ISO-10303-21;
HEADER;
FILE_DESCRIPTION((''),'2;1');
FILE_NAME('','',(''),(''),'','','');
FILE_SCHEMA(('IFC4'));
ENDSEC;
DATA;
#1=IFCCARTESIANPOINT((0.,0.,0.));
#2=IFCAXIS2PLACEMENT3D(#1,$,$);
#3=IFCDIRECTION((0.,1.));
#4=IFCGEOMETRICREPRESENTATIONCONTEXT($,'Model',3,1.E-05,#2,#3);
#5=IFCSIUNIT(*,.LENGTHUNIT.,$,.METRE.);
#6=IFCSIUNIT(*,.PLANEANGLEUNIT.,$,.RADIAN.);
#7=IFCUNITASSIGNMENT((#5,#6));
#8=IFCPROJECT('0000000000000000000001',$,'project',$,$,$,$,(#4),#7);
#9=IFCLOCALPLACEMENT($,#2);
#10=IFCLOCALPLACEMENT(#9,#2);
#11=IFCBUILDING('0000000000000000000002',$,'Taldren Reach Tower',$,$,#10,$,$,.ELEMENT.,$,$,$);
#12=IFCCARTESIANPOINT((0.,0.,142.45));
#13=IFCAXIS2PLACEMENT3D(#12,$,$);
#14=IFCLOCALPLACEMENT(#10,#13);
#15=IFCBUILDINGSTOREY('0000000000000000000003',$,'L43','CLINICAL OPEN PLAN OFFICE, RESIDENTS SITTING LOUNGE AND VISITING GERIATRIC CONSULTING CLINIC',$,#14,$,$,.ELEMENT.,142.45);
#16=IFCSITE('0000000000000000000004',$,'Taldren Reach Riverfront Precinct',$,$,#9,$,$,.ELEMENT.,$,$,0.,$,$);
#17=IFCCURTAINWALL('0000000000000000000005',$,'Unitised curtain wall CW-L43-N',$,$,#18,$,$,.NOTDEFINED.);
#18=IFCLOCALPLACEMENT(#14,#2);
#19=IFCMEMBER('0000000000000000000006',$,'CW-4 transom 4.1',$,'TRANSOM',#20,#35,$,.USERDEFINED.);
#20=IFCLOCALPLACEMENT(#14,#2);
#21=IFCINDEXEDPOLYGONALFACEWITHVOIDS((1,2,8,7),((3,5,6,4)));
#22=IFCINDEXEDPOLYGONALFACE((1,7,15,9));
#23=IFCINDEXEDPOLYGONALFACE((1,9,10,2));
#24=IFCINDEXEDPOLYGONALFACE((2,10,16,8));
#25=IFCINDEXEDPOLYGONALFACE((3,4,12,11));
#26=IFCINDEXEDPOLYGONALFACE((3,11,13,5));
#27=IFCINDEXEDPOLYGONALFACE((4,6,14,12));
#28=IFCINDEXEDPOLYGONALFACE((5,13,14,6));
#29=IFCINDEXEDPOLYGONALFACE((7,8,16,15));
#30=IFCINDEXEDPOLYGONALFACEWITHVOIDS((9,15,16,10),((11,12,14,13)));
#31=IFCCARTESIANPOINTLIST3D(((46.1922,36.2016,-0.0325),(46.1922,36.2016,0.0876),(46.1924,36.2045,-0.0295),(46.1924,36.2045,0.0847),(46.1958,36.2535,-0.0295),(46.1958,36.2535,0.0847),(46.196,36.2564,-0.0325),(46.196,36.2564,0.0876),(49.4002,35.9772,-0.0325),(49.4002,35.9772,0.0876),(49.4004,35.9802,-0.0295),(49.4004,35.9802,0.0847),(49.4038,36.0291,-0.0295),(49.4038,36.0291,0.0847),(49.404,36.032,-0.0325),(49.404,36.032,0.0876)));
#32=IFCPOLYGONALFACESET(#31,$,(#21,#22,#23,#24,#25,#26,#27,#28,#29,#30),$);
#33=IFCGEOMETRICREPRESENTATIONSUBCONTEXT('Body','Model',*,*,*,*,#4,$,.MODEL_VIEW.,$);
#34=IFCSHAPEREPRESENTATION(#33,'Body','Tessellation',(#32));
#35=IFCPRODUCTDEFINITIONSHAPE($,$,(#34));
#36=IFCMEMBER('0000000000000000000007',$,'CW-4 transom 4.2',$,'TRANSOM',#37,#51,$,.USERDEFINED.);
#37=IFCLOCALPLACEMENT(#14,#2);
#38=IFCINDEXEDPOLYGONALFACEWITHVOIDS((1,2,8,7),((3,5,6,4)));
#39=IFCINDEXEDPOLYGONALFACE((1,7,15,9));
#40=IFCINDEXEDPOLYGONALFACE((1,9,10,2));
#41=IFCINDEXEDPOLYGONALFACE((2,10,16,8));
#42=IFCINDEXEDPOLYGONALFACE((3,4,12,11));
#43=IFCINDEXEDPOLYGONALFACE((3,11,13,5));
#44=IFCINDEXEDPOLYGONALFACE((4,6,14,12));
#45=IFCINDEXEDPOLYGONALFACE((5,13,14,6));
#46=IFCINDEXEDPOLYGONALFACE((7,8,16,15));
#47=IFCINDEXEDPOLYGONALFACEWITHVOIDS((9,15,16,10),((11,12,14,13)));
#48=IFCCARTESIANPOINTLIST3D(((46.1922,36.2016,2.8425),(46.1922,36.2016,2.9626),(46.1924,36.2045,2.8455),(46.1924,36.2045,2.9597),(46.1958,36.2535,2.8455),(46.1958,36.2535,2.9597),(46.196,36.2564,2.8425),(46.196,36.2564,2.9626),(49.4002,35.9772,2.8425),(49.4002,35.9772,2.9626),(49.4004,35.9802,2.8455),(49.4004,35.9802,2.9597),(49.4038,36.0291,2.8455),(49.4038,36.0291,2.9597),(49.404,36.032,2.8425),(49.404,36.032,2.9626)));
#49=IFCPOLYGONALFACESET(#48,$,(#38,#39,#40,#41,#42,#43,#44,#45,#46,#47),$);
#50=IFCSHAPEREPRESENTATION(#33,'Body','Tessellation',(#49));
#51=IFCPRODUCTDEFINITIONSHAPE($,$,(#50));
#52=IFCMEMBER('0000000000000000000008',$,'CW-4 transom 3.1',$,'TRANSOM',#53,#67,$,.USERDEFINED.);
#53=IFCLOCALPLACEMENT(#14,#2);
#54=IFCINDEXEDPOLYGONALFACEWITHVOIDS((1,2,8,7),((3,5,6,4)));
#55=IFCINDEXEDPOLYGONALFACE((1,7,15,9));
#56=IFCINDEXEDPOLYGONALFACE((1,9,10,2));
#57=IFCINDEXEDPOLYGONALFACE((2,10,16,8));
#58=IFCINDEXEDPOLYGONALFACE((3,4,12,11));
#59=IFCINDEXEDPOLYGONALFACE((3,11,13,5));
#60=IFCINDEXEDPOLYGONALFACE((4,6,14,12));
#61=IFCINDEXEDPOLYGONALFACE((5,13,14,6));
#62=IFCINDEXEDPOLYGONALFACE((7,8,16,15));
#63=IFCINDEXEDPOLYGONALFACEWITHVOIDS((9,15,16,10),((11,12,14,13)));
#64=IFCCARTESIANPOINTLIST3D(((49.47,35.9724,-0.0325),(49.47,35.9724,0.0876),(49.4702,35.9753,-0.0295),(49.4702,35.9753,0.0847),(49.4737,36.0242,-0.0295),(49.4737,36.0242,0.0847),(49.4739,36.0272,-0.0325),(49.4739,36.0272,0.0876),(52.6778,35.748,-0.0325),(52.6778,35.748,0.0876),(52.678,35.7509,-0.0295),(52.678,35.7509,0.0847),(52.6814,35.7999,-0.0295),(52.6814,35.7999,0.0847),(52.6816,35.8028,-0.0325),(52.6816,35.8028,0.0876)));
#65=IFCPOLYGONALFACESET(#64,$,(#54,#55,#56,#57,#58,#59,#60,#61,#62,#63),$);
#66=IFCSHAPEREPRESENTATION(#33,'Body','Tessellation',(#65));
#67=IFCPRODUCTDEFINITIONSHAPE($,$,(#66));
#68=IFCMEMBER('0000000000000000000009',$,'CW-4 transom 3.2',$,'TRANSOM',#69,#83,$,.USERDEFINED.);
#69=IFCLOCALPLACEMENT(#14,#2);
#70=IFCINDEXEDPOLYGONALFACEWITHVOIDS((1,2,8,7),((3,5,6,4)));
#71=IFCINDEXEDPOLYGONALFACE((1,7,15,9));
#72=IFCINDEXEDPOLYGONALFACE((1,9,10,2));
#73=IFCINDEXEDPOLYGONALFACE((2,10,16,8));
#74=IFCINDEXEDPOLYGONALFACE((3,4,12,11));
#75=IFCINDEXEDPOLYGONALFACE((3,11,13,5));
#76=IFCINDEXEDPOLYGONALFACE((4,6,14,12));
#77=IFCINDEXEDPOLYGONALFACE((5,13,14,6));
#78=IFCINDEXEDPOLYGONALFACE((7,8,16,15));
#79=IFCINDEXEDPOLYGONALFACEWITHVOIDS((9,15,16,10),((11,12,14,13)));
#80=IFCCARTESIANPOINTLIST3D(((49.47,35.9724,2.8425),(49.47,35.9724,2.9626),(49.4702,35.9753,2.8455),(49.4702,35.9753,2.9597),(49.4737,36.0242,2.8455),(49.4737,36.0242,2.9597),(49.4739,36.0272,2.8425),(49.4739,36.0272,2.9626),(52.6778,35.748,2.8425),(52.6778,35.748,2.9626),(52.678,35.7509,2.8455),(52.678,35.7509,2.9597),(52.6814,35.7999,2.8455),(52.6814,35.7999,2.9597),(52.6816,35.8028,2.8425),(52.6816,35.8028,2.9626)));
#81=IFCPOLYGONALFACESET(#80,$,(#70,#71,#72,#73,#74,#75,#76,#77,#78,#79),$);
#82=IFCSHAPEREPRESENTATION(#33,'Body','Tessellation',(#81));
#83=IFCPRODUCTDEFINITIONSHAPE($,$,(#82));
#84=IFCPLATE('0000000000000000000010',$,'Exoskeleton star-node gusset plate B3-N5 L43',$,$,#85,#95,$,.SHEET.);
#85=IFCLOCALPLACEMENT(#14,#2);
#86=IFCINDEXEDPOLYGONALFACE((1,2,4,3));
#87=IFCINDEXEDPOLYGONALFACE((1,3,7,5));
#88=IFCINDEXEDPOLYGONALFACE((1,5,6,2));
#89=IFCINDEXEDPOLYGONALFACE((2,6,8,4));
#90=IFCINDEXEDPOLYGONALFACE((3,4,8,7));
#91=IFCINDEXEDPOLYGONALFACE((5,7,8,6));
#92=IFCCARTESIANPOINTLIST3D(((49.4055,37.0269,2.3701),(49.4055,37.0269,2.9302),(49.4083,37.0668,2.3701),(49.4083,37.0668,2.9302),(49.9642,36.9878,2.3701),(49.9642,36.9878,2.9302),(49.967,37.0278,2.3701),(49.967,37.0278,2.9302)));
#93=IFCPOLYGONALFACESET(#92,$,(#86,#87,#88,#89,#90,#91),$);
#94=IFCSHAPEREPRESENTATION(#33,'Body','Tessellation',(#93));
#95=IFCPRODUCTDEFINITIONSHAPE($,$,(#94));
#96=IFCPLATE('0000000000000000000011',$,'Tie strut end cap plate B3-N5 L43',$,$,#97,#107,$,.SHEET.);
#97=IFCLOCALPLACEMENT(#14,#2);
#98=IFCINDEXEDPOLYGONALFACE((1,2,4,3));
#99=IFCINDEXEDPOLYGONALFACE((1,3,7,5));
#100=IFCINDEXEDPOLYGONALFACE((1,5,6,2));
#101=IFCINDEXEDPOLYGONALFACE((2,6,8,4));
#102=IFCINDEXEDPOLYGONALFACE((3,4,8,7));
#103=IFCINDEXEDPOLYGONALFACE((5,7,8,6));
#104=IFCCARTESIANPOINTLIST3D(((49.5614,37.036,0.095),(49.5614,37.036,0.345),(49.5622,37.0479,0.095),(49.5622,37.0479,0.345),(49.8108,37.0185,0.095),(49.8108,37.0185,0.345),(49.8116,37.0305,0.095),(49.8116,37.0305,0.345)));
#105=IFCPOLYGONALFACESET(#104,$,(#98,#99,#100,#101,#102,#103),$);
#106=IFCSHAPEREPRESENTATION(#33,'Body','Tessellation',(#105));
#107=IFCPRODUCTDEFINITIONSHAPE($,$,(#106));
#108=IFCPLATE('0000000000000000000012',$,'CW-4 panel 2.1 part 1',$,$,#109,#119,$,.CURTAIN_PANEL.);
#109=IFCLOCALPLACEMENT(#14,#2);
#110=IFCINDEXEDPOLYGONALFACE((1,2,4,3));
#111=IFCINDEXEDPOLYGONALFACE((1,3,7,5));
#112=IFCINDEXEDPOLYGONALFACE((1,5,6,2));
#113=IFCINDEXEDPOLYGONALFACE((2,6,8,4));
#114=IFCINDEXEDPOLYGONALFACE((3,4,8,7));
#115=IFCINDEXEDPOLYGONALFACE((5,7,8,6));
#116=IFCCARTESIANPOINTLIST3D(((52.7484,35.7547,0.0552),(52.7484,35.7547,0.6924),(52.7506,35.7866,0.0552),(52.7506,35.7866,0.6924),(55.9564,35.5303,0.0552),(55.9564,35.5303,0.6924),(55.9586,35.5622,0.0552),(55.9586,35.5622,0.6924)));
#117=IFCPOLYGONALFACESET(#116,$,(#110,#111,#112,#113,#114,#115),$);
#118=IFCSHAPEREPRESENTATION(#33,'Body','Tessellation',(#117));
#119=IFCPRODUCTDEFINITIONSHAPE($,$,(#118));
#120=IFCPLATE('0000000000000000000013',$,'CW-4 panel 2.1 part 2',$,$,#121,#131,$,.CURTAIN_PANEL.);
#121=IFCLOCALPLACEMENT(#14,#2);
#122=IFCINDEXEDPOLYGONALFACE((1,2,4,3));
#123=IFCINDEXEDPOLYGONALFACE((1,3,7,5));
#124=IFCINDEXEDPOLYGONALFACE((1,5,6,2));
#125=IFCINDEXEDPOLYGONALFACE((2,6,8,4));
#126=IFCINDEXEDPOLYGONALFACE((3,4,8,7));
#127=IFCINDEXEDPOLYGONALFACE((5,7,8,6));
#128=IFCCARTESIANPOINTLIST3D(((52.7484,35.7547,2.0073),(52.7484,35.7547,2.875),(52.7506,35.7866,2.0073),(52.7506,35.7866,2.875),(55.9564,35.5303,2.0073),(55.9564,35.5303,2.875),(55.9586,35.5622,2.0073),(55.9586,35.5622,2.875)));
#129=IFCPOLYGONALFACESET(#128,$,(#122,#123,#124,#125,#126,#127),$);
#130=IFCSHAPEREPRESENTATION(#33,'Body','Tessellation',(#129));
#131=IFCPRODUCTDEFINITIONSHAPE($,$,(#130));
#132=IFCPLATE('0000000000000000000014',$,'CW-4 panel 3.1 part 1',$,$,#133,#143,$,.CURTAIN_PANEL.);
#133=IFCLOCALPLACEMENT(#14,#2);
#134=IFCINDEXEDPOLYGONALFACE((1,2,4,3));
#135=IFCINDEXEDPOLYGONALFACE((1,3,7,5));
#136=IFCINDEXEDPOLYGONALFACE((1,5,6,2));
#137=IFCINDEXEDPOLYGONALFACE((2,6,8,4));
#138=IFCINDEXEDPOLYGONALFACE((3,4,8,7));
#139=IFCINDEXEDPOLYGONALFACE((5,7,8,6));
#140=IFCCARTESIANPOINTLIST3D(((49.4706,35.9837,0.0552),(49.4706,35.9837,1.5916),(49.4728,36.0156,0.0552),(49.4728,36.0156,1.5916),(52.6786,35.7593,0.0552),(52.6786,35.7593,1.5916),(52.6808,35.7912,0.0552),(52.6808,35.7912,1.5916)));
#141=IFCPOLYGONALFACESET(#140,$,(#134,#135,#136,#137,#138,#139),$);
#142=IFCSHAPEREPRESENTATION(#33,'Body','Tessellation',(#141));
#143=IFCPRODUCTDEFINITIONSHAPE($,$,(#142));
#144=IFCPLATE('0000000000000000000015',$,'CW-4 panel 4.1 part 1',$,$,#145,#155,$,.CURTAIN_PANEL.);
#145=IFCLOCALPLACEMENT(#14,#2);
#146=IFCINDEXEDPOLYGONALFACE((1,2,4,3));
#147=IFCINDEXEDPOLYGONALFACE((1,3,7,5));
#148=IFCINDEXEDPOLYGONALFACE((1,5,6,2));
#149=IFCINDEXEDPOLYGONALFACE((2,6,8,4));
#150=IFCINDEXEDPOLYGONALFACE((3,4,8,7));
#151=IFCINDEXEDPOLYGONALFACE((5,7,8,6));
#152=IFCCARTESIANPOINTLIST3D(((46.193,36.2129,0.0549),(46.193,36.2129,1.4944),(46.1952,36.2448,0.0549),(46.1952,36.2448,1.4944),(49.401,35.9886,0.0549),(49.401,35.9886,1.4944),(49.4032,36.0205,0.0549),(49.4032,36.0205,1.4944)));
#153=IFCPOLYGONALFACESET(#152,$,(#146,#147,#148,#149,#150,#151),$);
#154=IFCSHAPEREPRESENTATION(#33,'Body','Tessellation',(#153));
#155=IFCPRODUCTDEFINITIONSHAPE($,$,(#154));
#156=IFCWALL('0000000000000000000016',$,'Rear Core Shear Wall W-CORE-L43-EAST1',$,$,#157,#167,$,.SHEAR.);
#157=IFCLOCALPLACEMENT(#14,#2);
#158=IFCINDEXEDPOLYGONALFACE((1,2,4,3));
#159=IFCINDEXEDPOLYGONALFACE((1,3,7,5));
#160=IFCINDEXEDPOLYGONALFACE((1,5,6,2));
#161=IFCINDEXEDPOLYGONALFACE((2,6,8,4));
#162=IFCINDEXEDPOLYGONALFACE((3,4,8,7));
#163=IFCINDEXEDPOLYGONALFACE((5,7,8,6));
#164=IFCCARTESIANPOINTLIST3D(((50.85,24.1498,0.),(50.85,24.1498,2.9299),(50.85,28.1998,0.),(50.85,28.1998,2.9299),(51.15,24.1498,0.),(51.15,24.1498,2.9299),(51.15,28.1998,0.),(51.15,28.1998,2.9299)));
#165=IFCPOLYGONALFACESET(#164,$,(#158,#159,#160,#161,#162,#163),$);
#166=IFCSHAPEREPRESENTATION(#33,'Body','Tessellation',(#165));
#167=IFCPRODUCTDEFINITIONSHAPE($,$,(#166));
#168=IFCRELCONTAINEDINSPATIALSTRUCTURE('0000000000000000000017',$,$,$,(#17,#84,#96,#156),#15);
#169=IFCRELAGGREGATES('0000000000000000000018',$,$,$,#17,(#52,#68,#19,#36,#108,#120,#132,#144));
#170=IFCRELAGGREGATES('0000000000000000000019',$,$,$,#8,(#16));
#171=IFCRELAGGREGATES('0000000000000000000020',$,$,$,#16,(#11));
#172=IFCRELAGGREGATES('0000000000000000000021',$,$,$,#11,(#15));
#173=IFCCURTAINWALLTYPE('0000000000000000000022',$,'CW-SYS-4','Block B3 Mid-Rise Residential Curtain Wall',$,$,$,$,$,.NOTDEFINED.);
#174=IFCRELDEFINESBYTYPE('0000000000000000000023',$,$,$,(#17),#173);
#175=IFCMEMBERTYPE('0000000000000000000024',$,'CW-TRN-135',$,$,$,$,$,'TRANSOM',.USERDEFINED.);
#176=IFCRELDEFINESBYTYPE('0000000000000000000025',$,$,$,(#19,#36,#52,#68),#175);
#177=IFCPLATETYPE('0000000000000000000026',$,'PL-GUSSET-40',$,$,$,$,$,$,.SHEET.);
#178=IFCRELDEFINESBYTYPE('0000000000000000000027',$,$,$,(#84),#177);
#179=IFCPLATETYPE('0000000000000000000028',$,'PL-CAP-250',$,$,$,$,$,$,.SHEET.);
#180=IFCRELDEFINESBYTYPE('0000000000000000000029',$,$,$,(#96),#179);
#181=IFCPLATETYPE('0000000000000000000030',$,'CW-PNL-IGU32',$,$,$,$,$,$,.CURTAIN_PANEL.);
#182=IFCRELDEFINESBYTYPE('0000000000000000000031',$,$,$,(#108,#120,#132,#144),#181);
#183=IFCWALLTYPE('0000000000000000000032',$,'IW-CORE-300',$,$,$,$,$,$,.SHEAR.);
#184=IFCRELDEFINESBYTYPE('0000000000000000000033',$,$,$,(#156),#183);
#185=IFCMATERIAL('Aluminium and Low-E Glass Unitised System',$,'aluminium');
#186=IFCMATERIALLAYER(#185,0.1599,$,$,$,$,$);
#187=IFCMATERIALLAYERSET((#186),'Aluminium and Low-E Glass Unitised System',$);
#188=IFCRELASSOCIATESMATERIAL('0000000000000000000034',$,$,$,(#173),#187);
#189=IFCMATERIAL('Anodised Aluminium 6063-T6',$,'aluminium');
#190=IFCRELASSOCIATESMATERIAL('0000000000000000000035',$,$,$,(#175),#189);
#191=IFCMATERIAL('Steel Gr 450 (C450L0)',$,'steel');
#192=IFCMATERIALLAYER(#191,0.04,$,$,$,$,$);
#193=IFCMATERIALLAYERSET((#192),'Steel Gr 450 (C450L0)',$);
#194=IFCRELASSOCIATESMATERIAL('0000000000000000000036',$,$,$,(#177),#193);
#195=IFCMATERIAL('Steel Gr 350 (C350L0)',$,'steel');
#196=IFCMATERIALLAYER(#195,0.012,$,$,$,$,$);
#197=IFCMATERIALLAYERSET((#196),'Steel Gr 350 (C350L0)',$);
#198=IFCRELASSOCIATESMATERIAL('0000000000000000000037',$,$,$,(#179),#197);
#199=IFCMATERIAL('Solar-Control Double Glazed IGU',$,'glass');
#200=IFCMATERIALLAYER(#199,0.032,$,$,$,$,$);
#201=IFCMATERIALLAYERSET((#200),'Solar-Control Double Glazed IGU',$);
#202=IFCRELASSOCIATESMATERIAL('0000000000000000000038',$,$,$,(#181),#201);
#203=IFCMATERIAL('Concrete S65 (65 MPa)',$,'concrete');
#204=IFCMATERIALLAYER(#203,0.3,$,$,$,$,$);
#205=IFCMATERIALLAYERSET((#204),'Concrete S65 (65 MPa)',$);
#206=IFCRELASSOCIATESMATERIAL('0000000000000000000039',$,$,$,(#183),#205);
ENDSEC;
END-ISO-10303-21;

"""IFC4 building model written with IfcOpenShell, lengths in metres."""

from ifc_helpers import new_model, si_unit, direction, frame, frame_2d, origin, origin_2d, place, context, subcontext, project, spatial, rectangle, hollow_rectangle, extrude, source, transform, mapped, material, layer, layer_set, material_profile, profile_set, type_object, element, aggregate, save


model = new_model("IFC4")

# Units and contexts
model_context = context("Model", 3, precision=1e-05, world=origin(), true_north=direction((0.0, 1.0)))
body_context = subcontext(model_context, "Body", "Model", "MODEL_VIEW")
ifc_project = project(units=[si_unit("LENGTHUNIT", "METRE"), si_unit("PLANEANGLEUNIT", "RADIAN")], contexts=[model_context])

# Site, building, storey
site_placement = place(None, origin())
site = spatial("IfcSite", under=ifc_project, at=site_placement, Name="Taldren Reach Riverfront Precinct", CompositionType="ELEMENT", RefElevation=0.0)
building_placement = place(site_placement, origin())
building = spatial("IfcBuilding", under=site, at=building_placement, Name="Taldren Reach Tower", CompositionType="ELEMENT")
storey_placement = place(building_placement, frame((0.0, 0.0, 142.45)))
storey = spatial("IfcBuildingStorey", under=building, at=storey_placement, Name="L43", Description="CLINICAL OPEN PLAN OFFICE, RESIDENTS SITTING LOUNGE AND VISITING GERIATRIC CONSULTING CLINIC", CompositionType="ELEMENT", Elevation=142.45)

# Shared definitions
ifc_material_1 = material(Name="Steel Gr 450 (C450L0)", Category="steel")

# Shared definitions
ifc_material_2 = material(Name="Steel Gr 350 (C350L0)", Category="steel")

# Curtain wall, members
ifc_material_3 = material(Name="Aluminium and Low-E Glass Unitised System", Category="aluminium")
ifc_layer_1 = layer(ifc_material_3, 0.1599)
ifc_layer_set_1 = layer_set([ifc_layer_1], Name="Aluminium and Low-E Glass Unitised System")
curtain_wall_type = type_object("IfcCurtainWallType", Name="CW-SYS-4", Description="Block B3 Mid-Rise Residential Curtain Wall", PredefinedType="NOTDEFINED", material=ifc_layer_set_1)
curtain_wall_placement = place(storey_placement, origin())
curtain_wall = element("IfcCurtainWall", 1, at=curtain_wall_placement, inside=storey, type_object=curtain_wall_type, Name="Unitised curtain wall CW-L43-N", PredefinedType="NOTDEFINED")
ifc_material_4 = material(Name="Anodised Aluminium 6063-T6", Category="aluminium")
ifc_material_profile_1 = material_profile(ifc_material_4, hollow_rectangle(XDim=0.0549, YDim=0.1201, WallThickness=0.0029, at=origin_2d()), Name="ALU-120x55x3RHS")
ifc_profile_set_1 = profile_set([ifc_material_profile_1], Name="Anodised Aluminium 6063-T6")
member_type_1 = type_object("IfcMemberType", Name="CW-TRN-135", ElementType="TRANSOM", PredefinedType="USERDEFINED", material=ifc_profile_set_1)
shared_shape_1 = source(origin(), body_context, "Body", "SweptSolid", [
    extrude(hollow_rectangle(XDim=0.0549, YDim=0.1201, WallThickness=0.0029, at=origin_2d()), origin(), (0.0, 0.0, 1.0), 3.2158),
])
member_1_placement = place(storey_placement, frame((49.4021, 36.0046, 0.0276), z_axis=(-0.997563, 0.069769, 0.0), x_axis=(-0.069769, -0.997563, 0.0)))
member_1 = element("IfcMember", 2, at=member_1_placement, type_object=member_type_1, Name="CW-4 transom 4.1", ObjectType="TRANSOM", PredefinedType="USERDEFINED", context=body_context, shape_type="MappedRepresentation", body=[
    mapped(shared_shape_1, transform((0.0, 0.0, 0.0), scale=1.0)),
])
member_2_placement = place(storey_placement, frame((49.4021, 36.0046, 2.9026), z_axis=(-0.997563, 0.069769, 0.0), x_axis=(-0.069769, -0.997563, 0.0)))
member_2 = element("IfcMember", 3, at=member_2_placement, type_object=member_type_1, Name="CW-4 transom 4.2", ObjectType="TRANSOM", PredefinedType="USERDEFINED", context=body_context, shape_type="MappedRepresentation", body=[
    mapped(shared_shape_1, transform((0.0, 0.0, 0.0), scale=1.0)),
])
shared_shape_2 = source(origin(), body_context, "Body", "SweptSolid", [
    extrude(hollow_rectangle(XDim=0.0549, YDim=0.1201, WallThickness=0.0029, at=origin_2d()), origin(), (0.0, 0.0, 1.0), 3.2156),
])
member_3_placement = place(storey_placement, frame((52.6797, 35.7754, 0.0276), z_axis=(-0.997563, 0.069774, 0.0), x_axis=(-0.069774, -0.997563, 0.0)))
member_3 = element("IfcMember", 4, at=member_3_placement, type_object=member_type_1, Name="CW-4 transom 3.1", ObjectType="TRANSOM", PredefinedType="USERDEFINED", context=body_context, shape_type="MappedRepresentation", body=[
    mapped(shared_shape_2, transform((0.0, 0.0, 0.0), scale=1.0)),
])
member_4_placement = place(storey_placement, frame((52.6797, 35.7754, 2.9026), z_axis=(-0.997563, 0.069774, 0.0), x_axis=(-0.069774, -0.997563, 0.0)))
member_4 = element("IfcMember", 5, at=member_4_placement, type_object=member_type_1, Name="CW-4 transom 3.2", ObjectType="TRANSOM", PredefinedType="USERDEFINED", context=body_context, shape_type="MappedRepresentation", body=[
    mapped(shared_shape_2, transform((0.0, 0.0, 0.0), scale=1.0)),
])

# Plates
ifc_layer_2 = layer(ifc_material_1, 0.04)
ifc_layer_set_2 = layer_set([ifc_layer_2], Name="Steel Gr 450 (C450L0)")
plate_type_1 = type_object("IfcPlateType", Name="PL-GUSSET-40", PredefinedType="SHEET", material=ifc_layer_set_2)
shared_shape_3 = source(origin(), body_context, "Body", "SweptSolid", [
    extrude(rectangle(XDim=0.5601, YDim=0.04, at=origin_2d()), origin(), (0.0, 0.0, 1.0), 0.5601),
])
plate_1_placement = place(storey_placement, frame((49.6863, 37.0273, 2.3701), z_axis=(0.0, 0.0, 1.0), x_axis=(0.997564, -0.069756, 0.0)))
element("IfcPlate", 6, at=plate_1_placement, inside=storey, type_object=plate_type_1, Name="Exoskeleton star-node gusset plate B3-N5 L43", PredefinedType="SHEET", context=body_context, shape_type="MappedRepresentation", body=[
    mapped(shared_shape_3, transform((0.0, 0.0, 0.0), scale=1.0)),
])
ifc_layer_3 = layer(ifc_material_2, 0.012)
ifc_layer_set_3 = layer_set([ifc_layer_3], Name="Steel Gr 350 (C350L0)")
plate_type_2 = type_object("IfcPlateType", Name="PL-CAP-250", PredefinedType="SHEET", material=ifc_layer_set_3)
shared_shape_4 = source(origin(), body_context, "Body", "SweptSolid", [
    extrude(rectangle(XDim=0.25, YDim=0.012, at=origin_2d()), origin(), (0.0, 0.0, 1.0), 0.25),
])
plate_2_placement = place(storey_placement, frame((49.6865, 37.0332, 0.095), z_axis=(0.0, 0.0, 1.0), x_axis=(0.997564, -0.069756, 0.0)))
element("IfcPlate", 7, at=plate_2_placement, inside=storey, type_object=plate_type_2, Name="Tie strut end cap plate B3-N5 L43", PredefinedType="SHEET", context=body_context, shape_type="MappedRepresentation", body=[
    mapped(shared_shape_4, transform((0.0, 0.0, 0.0), scale=1.0)),
])

# Plates
ifc_material_5 = material(Name="Solar-Control Double Glazed IGU", Category="glass")
ifc_layer_4 = layer(ifc_material_5, 0.032)
ifc_layer_set_4 = layer_set([ifc_layer_4], Name="Solar-Control Double Glazed IGU")
plate_type_3 = type_object("IfcPlateType", Name="CW-PNL-IGU32", PredefinedType="CURTAIN_PANEL", material=ifc_layer_set_4)
shared_shape_5 = source(origin(), body_context, "Body", "SweptSolid", [
    extrude(rectangle(XDim=3.2158, YDim=0.032, at=origin_2d()), origin(), (0.0, 0.0, 1.0), 0.6372),
])
plate_3_placement = place(storey_placement, frame((54.3535, 35.6584, 0.0552), z_axis=(0.0, 0.0, 1.0), x_axis=(-0.997564, 0.069757, 0.0)))
plate_3 = element("IfcPlate", 8, at=plate_3_placement, type_object=plate_type_3, Name="CW-4 panel 2.1 part 1", PredefinedType="CURTAIN_PANEL", context=body_context, shape_type="MappedRepresentation", body=[
    mapped(shared_shape_5, transform((0.0, 0.0, 0.0), scale=1.0)),
])
shared_shape_6 = source(origin(), body_context, "Body", "SweptSolid", [
    extrude(rectangle(XDim=3.2158, YDim=0.032, at=origin_2d()), origin(), (0.0, 0.0, 1.0), 0.8677),
])
plate_4_placement = place(storey_placement, frame((54.3535, 35.6584, 2.0073), z_axis=(0.0, 0.0, 1.0), x_axis=(-0.997564, 0.069757, 0.0)))
plate_4 = element("IfcPlate", 9, at=plate_4_placement, type_object=plate_type_3, Name="CW-4 panel 2.1 part 2", PredefinedType="CURTAIN_PANEL", context=body_context, shape_type="MappedRepresentation", body=[
    mapped(shared_shape_6, transform((0.0, 0.0, 0.0), scale=1.0)),
])
shared_shape_7 = source(origin(), body_context, "Body", "SweptSolid", [
    extrude(rectangle(XDim=3.2158, YDim=0.032, at=origin_2d()), origin(), (0.0, 0.0, 1.0), 1.5364),
])
plate_5_placement = place(storey_placement, frame((51.0757, 35.8875, 0.0552), z_axis=(0.0, 0.0, 1.0), x_axis=(-0.997564, 0.069757, 0.0)))
plate_5 = element("IfcPlate", 10, at=plate_5_placement, type_object=plate_type_3, Name="CW-4 panel 3.1 part 1", PredefinedType="CURTAIN_PANEL", context=body_context, shape_type="MappedRepresentation", body=[
    mapped(shared_shape_7, transform((0.0, 0.0, 0.0), scale=1.0)),
])
shared_shape_8 = source(origin(), body_context, "Body", "SweptSolid", [
    extrude(rectangle(XDim=3.2158, YDim=0.032, at=origin_2d()), origin(), (0.0, 0.0, 1.0), 1.4395),
])
plate_6_placement = place(storey_placement, frame((47.7981, 36.1167, 0.0549), z_axis=(0.0, 0.0, 1.0), x_axis=(-0.997564, 0.069757, 0.0)))
plate_6 = element("IfcPlate", 11, at=plate_6_placement, type_object=plate_type_3, Name="CW-4 panel 4.1 part 1", PredefinedType="CURTAIN_PANEL", context=body_context, shape_type="MappedRepresentation", body=[
    mapped(shared_shape_8, transform((0.0, 0.0, 0.0), scale=1.0)),
])
aggregate(curtain_wall, [member_3, member_4, member_1, member_2, plate_3, plate_4, plate_5, plate_6])

# Wall
ifc_material_6 = material(Name="Concrete S65 (65 MPa)", Category="concrete")
ifc_layer_5 = layer(ifc_material_6, 0.3)
ifc_layer_set_5 = layer_set([ifc_layer_5], Name="Concrete S65 (65 MPa)")
wall_type_1 = type_object("IfcWallType", Name="IW-CORE-300", PredefinedType="SHEAR", material=ifc_layer_set_5)
shared_shape_9 = source(origin(), body_context, "Body", "SweptSolid", [
    extrude(rectangle(XDim=4.05, YDim=0.3, at=frame_2d((2.0249, 0.0))), origin(), (0.0, 0.0, 1.0), 2.9299),
])
wall_1_placement = place(storey_placement, frame((51.0, 24.1499, 0.0), z_axis=(0.0, 0.0, 1.0), x_axis=(0.0, 1.0, 0.0)))
element("IfcWall", 12, at=wall_1_placement, inside=storey, type_object=wall_type_1, Name="Rear Core Shear Wall W-CORE-L43-EAST1", PredefinedType="SHEAR", context=body_context, shape_type="MappedRepresentation", body=[
    mapped(shared_shape_9, transform((0.0, 0.0, 0.0), scale=1.0)),
])

save(model, "model.ifc")
